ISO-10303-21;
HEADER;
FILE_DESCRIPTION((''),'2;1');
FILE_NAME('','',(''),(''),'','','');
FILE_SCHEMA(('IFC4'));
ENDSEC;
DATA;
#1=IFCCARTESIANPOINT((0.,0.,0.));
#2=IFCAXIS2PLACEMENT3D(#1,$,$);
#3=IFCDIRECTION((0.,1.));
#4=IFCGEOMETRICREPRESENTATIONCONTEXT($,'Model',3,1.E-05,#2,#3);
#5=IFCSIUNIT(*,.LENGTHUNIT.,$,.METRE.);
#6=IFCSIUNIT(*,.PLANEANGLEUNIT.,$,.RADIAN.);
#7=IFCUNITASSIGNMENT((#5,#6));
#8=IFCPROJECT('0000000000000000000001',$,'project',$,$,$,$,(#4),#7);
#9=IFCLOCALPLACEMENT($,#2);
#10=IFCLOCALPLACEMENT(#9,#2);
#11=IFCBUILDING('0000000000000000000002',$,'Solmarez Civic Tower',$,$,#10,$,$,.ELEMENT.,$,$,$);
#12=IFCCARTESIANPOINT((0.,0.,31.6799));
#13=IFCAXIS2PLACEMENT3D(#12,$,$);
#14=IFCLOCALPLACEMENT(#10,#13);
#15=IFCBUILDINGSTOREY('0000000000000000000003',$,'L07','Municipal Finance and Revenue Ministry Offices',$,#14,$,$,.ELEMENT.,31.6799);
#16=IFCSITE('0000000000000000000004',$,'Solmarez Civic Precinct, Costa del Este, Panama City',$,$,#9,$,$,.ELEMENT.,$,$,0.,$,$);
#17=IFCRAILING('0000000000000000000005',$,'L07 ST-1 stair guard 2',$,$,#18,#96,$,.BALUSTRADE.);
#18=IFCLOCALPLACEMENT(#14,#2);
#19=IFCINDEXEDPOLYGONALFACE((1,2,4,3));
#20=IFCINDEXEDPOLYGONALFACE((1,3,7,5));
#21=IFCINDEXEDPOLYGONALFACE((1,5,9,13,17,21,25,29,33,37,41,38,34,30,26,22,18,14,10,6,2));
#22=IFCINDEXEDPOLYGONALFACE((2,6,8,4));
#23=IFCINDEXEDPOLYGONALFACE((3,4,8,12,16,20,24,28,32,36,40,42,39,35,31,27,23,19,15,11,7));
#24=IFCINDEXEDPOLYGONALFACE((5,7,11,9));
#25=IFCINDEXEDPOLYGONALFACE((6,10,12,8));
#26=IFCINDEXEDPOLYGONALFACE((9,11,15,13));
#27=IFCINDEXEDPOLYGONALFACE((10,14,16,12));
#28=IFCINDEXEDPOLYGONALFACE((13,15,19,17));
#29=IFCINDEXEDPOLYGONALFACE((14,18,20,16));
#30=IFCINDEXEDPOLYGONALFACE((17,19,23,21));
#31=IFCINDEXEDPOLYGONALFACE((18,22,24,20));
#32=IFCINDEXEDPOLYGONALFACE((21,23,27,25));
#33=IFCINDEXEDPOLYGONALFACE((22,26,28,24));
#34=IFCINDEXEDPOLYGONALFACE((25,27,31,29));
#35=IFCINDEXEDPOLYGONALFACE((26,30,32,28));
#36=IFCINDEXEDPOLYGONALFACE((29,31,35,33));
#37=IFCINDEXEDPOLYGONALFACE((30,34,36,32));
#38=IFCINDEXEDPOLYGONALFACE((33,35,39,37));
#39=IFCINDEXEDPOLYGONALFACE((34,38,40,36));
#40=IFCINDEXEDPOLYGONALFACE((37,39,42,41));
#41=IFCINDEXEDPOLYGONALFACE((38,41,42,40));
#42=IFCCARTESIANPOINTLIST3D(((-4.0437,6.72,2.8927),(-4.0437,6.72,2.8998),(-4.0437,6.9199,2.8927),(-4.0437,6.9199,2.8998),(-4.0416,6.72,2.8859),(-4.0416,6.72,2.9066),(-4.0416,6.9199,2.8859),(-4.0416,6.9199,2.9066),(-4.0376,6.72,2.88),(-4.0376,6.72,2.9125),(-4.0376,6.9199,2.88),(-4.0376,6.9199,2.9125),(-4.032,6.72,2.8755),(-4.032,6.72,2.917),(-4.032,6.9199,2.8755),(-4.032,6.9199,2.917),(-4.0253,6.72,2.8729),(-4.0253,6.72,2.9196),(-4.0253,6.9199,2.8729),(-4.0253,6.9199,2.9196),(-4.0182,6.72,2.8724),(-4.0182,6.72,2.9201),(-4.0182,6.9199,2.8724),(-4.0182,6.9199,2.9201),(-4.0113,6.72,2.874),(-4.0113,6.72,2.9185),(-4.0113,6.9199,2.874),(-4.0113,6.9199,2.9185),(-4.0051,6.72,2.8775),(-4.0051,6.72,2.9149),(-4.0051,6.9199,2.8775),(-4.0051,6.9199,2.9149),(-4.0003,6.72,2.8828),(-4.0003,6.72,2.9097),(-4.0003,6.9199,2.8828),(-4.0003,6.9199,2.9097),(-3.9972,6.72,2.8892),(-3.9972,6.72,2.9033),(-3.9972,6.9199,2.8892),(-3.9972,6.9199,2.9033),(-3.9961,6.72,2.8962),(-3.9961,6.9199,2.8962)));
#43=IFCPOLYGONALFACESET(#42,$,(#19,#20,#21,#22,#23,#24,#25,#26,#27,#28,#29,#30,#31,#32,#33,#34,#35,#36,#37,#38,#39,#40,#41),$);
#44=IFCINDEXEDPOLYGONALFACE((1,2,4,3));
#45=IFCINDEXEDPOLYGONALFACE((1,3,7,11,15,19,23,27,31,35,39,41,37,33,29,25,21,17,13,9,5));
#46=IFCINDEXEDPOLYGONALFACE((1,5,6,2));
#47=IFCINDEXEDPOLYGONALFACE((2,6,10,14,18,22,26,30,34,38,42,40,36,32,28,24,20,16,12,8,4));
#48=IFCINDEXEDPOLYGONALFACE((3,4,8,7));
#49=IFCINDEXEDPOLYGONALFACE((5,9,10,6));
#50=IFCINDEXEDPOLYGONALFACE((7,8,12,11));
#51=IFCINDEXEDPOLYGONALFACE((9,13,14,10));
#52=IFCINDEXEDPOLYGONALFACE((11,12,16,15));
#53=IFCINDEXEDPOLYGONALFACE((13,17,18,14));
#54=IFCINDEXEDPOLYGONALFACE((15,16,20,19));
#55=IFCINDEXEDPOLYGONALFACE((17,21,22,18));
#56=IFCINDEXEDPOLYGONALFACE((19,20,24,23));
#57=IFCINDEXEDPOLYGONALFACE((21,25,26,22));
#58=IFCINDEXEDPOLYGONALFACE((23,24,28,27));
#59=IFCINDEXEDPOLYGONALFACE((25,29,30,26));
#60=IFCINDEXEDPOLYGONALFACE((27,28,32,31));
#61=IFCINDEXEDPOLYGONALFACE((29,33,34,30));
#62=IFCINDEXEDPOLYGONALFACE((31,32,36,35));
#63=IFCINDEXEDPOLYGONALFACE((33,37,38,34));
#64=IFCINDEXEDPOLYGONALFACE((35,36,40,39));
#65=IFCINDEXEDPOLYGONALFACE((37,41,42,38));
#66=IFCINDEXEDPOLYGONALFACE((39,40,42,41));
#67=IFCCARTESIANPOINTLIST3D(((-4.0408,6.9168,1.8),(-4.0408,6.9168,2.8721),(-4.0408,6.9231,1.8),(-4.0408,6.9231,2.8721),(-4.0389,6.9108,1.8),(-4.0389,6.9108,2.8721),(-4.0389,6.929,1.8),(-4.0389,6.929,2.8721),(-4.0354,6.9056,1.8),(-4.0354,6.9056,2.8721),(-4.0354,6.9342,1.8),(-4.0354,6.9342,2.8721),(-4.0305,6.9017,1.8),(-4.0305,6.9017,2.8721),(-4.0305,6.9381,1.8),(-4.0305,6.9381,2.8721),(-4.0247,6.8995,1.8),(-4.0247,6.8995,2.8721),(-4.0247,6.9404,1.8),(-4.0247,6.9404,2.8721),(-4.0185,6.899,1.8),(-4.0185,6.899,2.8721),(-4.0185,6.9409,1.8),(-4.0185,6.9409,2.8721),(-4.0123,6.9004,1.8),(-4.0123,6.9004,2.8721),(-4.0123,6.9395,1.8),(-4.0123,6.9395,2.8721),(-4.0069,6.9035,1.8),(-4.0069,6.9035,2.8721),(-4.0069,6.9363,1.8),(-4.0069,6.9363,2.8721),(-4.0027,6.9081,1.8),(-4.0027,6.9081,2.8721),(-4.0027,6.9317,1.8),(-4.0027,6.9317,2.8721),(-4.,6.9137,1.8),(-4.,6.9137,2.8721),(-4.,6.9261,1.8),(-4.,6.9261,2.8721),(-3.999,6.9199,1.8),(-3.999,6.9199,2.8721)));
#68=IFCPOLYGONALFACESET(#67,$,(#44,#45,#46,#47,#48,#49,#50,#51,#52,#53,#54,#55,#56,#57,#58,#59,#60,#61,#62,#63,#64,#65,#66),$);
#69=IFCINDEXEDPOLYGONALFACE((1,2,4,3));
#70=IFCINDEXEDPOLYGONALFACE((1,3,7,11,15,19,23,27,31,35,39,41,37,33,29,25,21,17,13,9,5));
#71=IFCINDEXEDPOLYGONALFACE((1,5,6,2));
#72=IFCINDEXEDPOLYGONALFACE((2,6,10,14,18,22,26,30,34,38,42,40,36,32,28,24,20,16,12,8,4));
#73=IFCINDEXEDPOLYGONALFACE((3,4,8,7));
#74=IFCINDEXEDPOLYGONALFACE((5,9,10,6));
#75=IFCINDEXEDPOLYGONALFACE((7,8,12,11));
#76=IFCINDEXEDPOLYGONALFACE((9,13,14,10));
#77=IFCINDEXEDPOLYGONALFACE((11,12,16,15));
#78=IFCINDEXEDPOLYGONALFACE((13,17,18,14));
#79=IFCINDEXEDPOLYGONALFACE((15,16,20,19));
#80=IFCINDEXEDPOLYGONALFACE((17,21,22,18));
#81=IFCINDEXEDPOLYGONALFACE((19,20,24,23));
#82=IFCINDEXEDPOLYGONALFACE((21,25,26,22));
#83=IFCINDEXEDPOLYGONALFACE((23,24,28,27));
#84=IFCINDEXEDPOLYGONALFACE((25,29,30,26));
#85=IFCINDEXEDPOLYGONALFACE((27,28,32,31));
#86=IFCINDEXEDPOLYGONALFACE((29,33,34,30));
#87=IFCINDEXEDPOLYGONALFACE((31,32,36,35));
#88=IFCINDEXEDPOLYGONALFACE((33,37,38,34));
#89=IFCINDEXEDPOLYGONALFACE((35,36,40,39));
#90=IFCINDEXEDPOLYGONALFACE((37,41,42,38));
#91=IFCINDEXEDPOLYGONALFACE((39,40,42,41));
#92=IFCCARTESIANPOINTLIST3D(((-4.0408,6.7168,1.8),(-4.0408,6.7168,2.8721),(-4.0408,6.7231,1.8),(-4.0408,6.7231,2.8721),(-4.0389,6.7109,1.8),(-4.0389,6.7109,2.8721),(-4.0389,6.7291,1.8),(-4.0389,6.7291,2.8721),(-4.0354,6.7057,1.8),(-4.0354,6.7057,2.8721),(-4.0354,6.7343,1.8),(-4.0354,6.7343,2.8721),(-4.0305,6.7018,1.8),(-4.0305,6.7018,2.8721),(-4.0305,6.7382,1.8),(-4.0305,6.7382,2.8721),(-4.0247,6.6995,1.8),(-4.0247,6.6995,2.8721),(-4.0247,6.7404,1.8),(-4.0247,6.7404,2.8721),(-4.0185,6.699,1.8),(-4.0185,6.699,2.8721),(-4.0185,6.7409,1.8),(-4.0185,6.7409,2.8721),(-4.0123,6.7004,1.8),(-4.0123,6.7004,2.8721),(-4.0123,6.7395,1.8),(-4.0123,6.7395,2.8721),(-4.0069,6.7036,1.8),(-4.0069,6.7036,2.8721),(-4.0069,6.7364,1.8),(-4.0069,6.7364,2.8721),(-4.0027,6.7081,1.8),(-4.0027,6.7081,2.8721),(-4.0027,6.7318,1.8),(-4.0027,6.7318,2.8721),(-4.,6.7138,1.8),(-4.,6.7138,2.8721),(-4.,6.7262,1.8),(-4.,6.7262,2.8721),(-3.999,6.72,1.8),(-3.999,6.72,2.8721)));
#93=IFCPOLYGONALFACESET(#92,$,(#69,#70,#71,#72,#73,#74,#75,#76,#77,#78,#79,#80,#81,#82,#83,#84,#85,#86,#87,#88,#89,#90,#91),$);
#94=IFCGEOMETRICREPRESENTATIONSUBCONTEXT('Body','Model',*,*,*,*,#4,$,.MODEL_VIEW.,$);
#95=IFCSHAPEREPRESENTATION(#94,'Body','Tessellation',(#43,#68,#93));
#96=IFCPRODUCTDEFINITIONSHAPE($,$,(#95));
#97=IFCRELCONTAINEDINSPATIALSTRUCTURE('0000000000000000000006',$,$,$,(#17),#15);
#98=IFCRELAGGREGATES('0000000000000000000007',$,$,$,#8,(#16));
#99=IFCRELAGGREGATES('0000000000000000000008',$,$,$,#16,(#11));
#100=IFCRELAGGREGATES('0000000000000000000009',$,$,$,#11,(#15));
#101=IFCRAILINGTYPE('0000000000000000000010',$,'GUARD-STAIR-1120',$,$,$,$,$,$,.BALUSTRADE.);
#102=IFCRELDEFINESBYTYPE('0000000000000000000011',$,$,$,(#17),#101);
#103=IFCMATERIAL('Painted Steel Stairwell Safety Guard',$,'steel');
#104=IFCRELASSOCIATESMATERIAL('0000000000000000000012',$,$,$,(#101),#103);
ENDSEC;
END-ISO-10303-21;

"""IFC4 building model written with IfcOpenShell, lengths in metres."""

from ifc_helpers import new_model, si_unit, direction, frame, origin, origin_2d, place, context, subcontext, project, spatial, circle, extrude, material, type_object, element, save


model = new_model("IFC4")

# Units and contexts
model_context = context("Model", 3, precision=1e-05, world=origin(), true_north=direction((0.0, 1.0)))
body_context = subcontext(model_context, "Body", "Model", "MODEL_VIEW")
ifc_project = project(units=[si_unit("LENGTHUNIT", "METRE"), si_unit("PLANEANGLEUNIT", "RADIAN")], contexts=[model_context])

# Site, building, storey
site_placement = place(None, origin())
site = spatial("IfcSite", under=ifc_project, at=site_placement, Name="Solmarez Civic Precinct, Costa del Este, Panama City", CompositionType="ELEMENT", RefElevation=0.0)
building_placement = place(site_placement, origin())
building = spatial("IfcBuilding", under=site, at=building_placement, Name="Solmarez Civic Tower", CompositionType="ELEMENT")
storey_placement = place(building_placement, frame((0.0, 0.0, 31.6799)))
storey = spatial("IfcBuildingStorey", under=building, at=storey_placement, Name="L07", Description="Municipal Finance and Revenue Ministry Offices", CompositionType="ELEMENT", Elevation=31.6799)

# Railing
ifc_material_1 = material(Name="Painted Steel Stairwell Safety Guard", Category="steel")
railing_type_1 = type_object("IfcRailingType", Name="GUARD-STAIR-1120", PredefinedType="BALUSTRADE", material=ifc_material_1)
railing_1_placement = place(storey_placement, frame((-4.02, 6.9199, 1.8)))
element("IfcRailing", 1, at=railing_1_placement, inside=storey, type_object=railing_type_1, Name="L07 ST-1 stair guard 2", PredefinedType="BALUSTRADE", context=body_context, shape_type="SweptSolid", body=[
    extrude(circle(Radius=0.0239, at=origin_2d()), frame((0.0, 0.0, 1.0962), z_axis=(0.0, -1.0, 0.0), x_axis=(1.0, 0.0, 0.0)), (0.0, 0.0, 1.0), 0.2),
    extrude(circle(Radius=0.021, at=origin_2d()), origin(), (0.0, 0.0, 1.0), 1.072),
    extrude(circle(Radius=0.021, at=origin_2d()), frame((0.0, -0.2, 0.0)), (0.0, 0.0, 1.0), 1.072),
])

save(model, "model.ifc")
